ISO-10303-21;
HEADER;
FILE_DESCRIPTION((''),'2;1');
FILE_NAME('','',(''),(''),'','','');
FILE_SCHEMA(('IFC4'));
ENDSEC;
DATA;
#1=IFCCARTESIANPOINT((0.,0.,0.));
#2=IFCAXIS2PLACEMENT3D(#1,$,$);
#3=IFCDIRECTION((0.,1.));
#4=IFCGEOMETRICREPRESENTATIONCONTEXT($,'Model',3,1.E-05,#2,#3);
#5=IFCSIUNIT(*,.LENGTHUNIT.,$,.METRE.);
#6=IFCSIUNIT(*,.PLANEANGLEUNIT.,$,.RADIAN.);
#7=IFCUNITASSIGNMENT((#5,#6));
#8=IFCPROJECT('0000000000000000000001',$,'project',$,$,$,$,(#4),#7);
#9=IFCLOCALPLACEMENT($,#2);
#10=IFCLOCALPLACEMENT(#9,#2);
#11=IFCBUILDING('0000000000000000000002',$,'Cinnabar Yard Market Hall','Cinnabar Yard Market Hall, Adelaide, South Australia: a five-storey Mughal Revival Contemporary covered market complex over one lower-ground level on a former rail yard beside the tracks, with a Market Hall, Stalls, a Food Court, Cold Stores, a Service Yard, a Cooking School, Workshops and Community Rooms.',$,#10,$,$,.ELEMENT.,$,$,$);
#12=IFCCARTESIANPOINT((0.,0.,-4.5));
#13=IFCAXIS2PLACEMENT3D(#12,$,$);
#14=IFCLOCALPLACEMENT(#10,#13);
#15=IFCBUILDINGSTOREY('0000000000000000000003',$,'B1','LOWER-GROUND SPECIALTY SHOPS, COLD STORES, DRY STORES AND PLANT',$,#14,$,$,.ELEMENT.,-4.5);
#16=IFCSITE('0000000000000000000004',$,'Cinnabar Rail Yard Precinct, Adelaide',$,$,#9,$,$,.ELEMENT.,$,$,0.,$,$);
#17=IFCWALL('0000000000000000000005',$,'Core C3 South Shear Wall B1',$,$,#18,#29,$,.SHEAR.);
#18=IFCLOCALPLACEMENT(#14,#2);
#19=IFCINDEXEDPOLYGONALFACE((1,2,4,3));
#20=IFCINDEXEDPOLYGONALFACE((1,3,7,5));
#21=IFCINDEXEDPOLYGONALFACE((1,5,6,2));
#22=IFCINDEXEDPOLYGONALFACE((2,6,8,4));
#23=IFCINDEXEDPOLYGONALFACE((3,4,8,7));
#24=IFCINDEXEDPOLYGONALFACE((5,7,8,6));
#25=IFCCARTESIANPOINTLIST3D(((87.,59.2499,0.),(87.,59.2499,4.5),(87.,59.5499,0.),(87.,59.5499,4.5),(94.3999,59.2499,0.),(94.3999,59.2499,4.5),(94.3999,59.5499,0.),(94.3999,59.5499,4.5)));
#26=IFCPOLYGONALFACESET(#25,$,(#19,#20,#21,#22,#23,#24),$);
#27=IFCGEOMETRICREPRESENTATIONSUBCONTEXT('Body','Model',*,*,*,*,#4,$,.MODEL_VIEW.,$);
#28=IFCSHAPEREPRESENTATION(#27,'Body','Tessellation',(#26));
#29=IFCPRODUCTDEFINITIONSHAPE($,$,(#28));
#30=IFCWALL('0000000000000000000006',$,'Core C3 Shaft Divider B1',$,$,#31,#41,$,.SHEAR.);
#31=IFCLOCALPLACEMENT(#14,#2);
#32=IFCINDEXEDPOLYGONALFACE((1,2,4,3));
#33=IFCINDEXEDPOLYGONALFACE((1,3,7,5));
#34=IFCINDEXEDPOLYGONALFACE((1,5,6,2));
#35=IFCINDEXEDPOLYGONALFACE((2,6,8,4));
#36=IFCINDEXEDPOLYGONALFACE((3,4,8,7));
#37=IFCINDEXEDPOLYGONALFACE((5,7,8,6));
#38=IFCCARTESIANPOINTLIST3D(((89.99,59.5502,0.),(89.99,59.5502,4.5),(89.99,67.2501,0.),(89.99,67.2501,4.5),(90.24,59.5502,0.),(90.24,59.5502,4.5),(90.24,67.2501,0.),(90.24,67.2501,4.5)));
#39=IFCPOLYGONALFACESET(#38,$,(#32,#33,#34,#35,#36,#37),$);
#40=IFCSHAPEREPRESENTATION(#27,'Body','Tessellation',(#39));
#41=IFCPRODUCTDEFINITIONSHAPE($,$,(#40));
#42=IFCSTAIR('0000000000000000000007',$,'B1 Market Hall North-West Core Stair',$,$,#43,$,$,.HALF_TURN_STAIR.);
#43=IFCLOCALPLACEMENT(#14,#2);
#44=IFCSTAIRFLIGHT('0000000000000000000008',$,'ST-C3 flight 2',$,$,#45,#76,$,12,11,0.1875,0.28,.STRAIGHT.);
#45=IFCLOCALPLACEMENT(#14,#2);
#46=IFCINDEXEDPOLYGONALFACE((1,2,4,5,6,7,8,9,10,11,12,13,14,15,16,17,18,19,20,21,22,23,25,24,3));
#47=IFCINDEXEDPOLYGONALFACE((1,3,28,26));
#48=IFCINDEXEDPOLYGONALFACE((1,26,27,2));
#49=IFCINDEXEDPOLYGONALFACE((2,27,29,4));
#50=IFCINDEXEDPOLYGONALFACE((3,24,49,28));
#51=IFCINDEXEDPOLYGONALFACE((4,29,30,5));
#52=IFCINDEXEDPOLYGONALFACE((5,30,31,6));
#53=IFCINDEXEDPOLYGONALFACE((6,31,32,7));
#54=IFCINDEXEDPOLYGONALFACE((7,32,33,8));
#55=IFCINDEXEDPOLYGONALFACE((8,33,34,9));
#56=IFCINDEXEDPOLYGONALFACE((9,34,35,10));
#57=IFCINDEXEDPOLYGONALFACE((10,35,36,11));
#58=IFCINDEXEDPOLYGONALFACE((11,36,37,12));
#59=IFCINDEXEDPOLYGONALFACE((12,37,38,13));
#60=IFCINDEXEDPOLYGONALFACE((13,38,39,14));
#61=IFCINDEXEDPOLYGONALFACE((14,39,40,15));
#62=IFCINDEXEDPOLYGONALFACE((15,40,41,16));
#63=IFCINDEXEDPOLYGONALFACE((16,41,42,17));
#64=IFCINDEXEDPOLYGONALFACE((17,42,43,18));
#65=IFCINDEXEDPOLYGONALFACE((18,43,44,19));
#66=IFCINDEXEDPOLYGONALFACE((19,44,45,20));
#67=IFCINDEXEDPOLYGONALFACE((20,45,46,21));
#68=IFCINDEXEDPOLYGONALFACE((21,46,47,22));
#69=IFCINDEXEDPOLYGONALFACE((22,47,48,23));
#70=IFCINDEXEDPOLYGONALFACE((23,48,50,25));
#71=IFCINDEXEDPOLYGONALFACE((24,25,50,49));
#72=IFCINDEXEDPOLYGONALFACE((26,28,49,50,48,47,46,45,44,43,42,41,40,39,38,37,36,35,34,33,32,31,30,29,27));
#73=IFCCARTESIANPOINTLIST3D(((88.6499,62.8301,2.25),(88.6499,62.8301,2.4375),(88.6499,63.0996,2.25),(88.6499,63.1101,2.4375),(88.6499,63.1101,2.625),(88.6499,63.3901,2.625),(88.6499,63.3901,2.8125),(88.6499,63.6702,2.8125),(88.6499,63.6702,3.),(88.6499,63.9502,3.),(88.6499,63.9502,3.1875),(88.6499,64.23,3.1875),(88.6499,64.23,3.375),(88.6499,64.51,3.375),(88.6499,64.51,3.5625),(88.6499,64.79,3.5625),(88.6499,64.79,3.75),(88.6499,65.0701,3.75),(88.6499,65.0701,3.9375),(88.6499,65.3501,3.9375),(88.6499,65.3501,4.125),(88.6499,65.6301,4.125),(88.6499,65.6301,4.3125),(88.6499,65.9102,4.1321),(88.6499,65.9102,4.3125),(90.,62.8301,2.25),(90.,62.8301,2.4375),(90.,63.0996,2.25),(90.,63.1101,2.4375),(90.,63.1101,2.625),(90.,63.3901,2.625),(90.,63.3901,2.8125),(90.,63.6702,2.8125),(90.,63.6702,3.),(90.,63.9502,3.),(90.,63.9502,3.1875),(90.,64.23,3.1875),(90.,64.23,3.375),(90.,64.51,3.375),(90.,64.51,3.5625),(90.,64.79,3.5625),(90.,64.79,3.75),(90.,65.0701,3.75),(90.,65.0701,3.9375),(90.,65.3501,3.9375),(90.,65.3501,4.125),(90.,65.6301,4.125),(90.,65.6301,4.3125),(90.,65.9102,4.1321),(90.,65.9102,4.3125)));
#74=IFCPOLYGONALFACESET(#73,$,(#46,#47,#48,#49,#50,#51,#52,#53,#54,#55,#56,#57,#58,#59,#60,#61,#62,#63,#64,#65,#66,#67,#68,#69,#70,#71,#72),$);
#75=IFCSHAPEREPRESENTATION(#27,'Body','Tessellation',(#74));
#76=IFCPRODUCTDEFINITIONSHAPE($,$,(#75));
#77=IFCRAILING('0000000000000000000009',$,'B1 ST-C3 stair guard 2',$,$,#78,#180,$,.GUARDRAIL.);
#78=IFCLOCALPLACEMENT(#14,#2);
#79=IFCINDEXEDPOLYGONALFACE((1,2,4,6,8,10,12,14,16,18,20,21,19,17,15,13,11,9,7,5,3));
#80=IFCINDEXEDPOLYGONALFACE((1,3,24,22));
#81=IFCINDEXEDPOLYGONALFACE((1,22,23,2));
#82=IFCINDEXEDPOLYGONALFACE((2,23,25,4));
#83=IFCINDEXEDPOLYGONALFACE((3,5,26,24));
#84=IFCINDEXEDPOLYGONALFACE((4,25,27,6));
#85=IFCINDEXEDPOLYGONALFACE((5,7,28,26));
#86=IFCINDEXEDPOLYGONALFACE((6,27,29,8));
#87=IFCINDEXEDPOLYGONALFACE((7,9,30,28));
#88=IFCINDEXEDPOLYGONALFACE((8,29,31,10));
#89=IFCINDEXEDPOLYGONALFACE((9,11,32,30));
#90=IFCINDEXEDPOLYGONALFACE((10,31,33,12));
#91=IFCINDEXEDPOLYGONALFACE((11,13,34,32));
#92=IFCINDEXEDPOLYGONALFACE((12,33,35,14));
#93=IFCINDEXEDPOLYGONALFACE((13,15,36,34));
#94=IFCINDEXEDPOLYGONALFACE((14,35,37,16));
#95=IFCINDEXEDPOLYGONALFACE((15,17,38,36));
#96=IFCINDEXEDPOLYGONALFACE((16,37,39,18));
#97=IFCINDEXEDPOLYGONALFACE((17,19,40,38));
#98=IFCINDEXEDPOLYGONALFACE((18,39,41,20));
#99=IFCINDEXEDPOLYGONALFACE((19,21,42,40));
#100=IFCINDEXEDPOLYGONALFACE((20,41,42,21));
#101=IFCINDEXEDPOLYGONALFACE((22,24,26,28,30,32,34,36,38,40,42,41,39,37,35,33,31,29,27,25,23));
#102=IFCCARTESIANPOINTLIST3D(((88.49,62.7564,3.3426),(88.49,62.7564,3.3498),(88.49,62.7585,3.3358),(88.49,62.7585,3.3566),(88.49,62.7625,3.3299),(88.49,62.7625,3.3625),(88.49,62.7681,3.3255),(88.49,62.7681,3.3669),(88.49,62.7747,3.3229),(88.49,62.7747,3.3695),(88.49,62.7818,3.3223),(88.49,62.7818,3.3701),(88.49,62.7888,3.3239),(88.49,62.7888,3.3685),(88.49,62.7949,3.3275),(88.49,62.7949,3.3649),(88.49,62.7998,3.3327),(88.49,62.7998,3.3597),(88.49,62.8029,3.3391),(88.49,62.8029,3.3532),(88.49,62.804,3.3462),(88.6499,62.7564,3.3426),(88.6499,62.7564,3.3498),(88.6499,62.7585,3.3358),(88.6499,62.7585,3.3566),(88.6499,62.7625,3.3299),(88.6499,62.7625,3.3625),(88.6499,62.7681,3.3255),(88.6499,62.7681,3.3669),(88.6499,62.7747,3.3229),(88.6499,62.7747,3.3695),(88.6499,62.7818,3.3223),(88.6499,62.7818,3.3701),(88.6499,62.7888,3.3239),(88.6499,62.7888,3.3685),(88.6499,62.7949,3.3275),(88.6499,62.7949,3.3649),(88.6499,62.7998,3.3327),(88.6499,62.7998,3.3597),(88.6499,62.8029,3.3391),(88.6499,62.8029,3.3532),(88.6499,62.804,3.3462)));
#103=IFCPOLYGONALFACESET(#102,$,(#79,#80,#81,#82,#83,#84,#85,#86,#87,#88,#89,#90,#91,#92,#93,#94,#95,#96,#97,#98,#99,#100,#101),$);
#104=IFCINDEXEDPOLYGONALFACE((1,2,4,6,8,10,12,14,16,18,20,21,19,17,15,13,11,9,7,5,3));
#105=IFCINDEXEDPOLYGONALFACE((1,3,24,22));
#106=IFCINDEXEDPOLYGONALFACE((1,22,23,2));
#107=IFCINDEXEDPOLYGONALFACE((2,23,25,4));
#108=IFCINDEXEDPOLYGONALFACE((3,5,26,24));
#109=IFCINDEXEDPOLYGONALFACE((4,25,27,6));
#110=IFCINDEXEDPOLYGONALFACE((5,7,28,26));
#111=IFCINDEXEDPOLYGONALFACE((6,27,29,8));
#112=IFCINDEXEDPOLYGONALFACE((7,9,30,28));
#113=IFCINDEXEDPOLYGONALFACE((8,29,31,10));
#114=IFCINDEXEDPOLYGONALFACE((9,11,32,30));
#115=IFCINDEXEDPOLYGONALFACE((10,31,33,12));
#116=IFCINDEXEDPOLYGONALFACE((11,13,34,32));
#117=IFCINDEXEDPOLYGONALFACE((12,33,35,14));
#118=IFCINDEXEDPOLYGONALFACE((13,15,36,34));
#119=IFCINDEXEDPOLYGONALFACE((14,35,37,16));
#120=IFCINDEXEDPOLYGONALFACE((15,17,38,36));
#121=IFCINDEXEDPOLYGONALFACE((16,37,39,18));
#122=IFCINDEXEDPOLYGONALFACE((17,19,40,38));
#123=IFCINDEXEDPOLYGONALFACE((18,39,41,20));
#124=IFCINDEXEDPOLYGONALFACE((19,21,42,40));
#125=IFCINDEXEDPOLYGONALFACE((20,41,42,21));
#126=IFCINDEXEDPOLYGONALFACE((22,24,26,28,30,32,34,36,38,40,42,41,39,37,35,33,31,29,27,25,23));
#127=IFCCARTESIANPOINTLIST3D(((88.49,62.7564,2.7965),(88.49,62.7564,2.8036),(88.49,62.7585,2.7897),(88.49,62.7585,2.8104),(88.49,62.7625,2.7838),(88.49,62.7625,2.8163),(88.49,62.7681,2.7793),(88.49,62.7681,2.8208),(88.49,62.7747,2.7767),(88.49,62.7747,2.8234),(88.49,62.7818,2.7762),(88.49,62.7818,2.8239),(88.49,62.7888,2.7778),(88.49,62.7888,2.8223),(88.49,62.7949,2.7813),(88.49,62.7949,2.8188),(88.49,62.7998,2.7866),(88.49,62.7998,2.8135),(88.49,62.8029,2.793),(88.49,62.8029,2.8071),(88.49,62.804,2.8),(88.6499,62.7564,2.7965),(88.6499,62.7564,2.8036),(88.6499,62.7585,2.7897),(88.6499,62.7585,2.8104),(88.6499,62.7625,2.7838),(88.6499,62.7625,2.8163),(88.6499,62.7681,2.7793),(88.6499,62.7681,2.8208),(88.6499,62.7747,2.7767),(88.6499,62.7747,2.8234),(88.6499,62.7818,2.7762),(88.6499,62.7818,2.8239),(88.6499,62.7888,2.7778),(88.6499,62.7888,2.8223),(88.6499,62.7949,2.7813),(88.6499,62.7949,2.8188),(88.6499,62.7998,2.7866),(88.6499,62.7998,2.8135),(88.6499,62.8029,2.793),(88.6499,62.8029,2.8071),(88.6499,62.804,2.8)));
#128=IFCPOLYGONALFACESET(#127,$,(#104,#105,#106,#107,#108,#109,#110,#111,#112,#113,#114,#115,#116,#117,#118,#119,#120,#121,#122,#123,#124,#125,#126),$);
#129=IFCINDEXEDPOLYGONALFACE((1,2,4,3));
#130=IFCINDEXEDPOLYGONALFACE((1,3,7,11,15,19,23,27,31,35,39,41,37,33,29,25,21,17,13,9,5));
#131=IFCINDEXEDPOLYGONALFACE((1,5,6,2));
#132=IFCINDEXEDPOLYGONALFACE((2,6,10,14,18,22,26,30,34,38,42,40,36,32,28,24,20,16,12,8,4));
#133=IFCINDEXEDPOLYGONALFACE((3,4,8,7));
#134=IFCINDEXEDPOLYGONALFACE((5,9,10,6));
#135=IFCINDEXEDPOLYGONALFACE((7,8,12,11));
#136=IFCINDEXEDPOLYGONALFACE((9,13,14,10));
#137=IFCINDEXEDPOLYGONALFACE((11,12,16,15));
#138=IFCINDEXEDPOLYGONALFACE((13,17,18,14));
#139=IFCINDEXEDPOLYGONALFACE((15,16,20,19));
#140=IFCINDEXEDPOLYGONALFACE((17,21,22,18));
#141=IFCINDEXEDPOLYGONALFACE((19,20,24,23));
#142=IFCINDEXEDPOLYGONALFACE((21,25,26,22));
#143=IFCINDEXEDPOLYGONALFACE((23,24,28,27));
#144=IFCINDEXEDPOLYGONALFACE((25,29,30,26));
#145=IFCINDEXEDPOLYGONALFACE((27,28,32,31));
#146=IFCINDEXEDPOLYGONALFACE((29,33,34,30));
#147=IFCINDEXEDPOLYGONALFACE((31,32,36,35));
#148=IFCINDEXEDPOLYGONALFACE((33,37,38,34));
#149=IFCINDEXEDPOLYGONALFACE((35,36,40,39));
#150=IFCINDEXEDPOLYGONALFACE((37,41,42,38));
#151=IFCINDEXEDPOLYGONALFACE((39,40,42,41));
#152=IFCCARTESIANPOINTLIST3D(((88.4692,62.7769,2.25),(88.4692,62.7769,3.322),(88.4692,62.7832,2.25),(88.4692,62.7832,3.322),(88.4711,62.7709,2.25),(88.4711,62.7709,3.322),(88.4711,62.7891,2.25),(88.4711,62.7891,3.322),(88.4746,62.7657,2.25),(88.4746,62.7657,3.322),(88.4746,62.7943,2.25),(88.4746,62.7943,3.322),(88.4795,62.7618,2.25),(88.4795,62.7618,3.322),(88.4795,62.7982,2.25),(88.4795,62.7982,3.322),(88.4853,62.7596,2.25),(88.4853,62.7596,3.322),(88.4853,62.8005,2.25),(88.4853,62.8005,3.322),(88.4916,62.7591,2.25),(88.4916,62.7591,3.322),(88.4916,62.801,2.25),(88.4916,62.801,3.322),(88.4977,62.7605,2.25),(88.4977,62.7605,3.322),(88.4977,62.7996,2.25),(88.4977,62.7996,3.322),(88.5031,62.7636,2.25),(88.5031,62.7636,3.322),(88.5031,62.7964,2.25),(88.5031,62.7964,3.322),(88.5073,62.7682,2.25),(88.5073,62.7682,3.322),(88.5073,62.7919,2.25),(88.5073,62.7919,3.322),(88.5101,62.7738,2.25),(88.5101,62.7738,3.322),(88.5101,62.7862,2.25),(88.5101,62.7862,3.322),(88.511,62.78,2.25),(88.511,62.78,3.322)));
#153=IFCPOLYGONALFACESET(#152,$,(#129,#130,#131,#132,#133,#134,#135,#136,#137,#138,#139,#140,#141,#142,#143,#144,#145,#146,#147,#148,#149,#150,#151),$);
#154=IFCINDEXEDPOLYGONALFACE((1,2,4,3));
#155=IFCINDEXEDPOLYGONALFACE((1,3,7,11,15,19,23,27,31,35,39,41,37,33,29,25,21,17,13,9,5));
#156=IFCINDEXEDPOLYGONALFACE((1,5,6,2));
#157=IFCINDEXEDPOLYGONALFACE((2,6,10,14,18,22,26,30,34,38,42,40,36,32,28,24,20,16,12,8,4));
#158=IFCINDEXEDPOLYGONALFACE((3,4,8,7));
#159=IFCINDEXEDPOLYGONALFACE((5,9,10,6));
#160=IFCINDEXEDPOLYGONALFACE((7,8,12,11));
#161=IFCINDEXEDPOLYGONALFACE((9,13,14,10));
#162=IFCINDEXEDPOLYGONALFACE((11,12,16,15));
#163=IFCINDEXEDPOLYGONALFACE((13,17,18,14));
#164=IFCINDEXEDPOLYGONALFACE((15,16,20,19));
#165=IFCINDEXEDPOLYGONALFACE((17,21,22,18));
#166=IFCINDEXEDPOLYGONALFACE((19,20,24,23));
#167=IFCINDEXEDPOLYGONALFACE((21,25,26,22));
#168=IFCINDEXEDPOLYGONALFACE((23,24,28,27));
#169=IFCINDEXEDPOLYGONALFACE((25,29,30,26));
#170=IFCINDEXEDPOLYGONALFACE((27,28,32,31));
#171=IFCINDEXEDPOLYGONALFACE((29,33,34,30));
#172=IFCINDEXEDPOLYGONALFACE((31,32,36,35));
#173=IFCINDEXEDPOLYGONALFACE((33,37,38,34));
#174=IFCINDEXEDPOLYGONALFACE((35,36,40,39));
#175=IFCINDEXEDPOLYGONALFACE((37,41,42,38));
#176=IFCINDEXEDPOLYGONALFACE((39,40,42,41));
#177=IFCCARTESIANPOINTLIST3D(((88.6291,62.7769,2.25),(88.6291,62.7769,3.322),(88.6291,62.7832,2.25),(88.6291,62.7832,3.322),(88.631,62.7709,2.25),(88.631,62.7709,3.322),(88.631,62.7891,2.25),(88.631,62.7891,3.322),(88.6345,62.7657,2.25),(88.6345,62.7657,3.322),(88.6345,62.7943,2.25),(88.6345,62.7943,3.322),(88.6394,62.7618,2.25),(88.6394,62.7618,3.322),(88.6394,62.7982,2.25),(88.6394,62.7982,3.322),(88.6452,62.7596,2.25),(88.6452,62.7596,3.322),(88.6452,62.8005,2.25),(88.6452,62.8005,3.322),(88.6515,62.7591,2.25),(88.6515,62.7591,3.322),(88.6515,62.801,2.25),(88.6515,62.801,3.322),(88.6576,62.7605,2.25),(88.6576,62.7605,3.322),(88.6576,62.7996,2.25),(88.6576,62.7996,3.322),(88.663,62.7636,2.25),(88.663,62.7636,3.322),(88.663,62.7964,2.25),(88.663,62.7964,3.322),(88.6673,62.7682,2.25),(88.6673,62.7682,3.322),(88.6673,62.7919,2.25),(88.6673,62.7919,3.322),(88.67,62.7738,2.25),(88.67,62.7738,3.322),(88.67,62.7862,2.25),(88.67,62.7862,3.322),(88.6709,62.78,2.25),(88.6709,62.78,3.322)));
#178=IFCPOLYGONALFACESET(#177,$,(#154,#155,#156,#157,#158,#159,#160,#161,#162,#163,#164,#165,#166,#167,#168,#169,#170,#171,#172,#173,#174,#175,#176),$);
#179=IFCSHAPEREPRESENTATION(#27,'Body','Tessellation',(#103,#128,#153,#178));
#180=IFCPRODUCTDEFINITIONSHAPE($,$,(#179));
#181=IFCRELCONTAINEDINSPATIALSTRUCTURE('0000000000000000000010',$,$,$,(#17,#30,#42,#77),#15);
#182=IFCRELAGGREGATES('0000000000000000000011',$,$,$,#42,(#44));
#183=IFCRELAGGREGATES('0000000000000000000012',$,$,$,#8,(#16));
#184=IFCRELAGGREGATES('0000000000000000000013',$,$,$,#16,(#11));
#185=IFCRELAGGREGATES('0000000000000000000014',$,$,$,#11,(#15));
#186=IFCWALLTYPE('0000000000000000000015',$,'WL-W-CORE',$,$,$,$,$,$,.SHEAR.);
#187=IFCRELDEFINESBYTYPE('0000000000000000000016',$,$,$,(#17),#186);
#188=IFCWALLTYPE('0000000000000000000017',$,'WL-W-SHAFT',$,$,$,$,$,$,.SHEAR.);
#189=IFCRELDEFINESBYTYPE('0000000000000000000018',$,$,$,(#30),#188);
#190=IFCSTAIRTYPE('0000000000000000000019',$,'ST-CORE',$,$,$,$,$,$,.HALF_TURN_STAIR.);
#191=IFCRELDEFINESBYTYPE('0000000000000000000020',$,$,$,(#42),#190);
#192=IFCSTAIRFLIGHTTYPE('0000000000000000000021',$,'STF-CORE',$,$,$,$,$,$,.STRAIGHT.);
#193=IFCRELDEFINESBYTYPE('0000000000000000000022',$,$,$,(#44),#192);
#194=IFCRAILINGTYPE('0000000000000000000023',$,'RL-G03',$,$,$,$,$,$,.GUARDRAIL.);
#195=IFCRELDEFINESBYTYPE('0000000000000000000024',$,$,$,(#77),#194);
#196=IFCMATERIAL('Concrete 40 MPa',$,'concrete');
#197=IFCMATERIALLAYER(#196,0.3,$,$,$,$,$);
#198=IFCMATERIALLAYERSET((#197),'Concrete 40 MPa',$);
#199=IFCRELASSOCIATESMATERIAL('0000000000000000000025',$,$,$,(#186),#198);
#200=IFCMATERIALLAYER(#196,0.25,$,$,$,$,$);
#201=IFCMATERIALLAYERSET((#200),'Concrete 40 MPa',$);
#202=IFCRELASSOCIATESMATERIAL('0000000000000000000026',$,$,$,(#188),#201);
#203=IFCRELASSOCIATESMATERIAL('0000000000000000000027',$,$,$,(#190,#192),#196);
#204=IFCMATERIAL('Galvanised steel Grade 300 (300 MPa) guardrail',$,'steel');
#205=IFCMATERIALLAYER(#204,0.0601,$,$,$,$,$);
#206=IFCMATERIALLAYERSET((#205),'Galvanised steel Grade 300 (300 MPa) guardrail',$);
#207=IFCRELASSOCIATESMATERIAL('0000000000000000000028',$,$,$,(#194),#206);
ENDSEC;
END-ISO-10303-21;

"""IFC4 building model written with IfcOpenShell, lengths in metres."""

from ifc_helpers import new_model, si_unit, direction, frame, frame_2d, origin, origin_2d_with_axis, place, context, subcontext, project, spatial, polyline, rectangle, circle, outline, extrude, material, layer, layer_set, type_object, element, aggregate, save


model = new_model("IFC4")

# Units and contexts
model_context = context("Model", 3, precision=1e-05, world=origin(), true_north=direction((0.0, 1.0)))
body_context = subcontext(model_context, "Body", "Model", "MODEL_VIEW")
ifc_project = project(units=[si_unit("LENGTHUNIT", "METRE"), si_unit("PLANEANGLEUNIT", "RADIAN")], contexts=[model_context])

# Site, building, storey
site_placement = place(None, origin())
site = spatial("IfcSite", under=ifc_project, at=site_placement, Name="Cinnabar Rail Yard Precinct, Adelaide", CompositionType="ELEMENT", RefElevation=0.0)
building_placement = place(site_placement, origin())
building = spatial("IfcBuilding", under=site, at=building_placement, Name="Cinnabar Yard Market Hall", Description="Cinnabar Yard Market Hall, Adelaide, South Australia: a five-storey Mughal Revival Contemporary covered market complex over one lower-ground level on a former rail yard beside the tracks, with a Market Hall, Stalls, a Food Court, Cold Stores, a Service Yard, a Cooking School, Workshops and Community Rooms.", CompositionType="ELEMENT")
storey_placement = place(building_placement, frame((0.0, 0.0, -4.5)))
storey = spatial("IfcBuildingStorey", under=building, at=storey_placement, Name="B1", Description="LOWER-GROUND SPECIALTY SHOPS, COLD STORES, DRY STORES AND PLANT", CompositionType="ELEMENT", Elevation=-4.5)

# Shared definitions
ifc_material_1 = material(Name="Concrete 40 MPa", Category="concrete")

# Walls
ifc_layer_1 = layer(ifc_material_1, 0.3)
ifc_layer_set_1 = layer_set([ifc_layer_1], Name="Concrete 40 MPa")
wall_type_1 = type_object("IfcWallType", Name="WL-W-CORE", PredefinedType="SHEAR", material=ifc_layer_set_1)
wall_1_placement = place(storey_placement, frame((87.0, 59.3999, 0.0), z_axis=(0.0, 0.0, 1.0), x_axis=(1.0, 0.0, 0.0)))
element("IfcWall", 1, at=wall_1_placement, inside=storey, type_object=wall_type_1, Name="Core C3 South Shear Wall B1", PredefinedType="SHEAR", context=body_context, shape_type="SweptSolid", body=[
    extrude(rectangle(XDim=7.3999, YDim=0.3, at=frame_2d((3.7, 0.0), x_axis=(1.0, 0.0))), origin(), (0.0, 0.0, 1.0), 4.5),
])
ifc_layer_2 = layer(ifc_material_1, 0.25)
ifc_layer_set_2 = layer_set([ifc_layer_2], Name="Concrete 40 MPa")
wall_type_2 = type_object("IfcWallType", Name="WL-W-SHAFT", PredefinedType="SHEAR", material=ifc_layer_set_2)
wall_2_placement = place(storey_placement, frame((90.115, 59.55, 0.0), z_axis=(0.0, 0.0, 1.0), x_axis=(0.0, 1.0, 0.0)))
element("IfcWall", 2, at=wall_2_placement, inside=storey, type_object=wall_type_2, Name="Core C3 Shaft Divider B1", PredefinedType="SHEAR", context=body_context, shape_type="SweptSolid", body=[
    extrude(rectangle(XDim=7.7, YDim=0.25, at=frame_2d((3.8501, 0.0), x_axis=(1.0, 0.0))), origin(), (0.0, 0.0, 1.0), 4.5),
])

# Stair, stair flight
stair_type = type_object("IfcStairType", Name="ST-CORE", PredefinedType="HALF_TURN_STAIR", material=ifc_material_1)
stair_placement = place(storey_placement, origin())
stair = element("IfcStair", 3, at=stair_placement, inside=storey, type_object=stair_type, Name="B1 Market Hall North-West Core Stair", PredefinedType="HALF_TURN_STAIR")
stair_flight_type = type_object("IfcStairFlightType", Name="STF-CORE", PredefinedType="STRAIGHT", material=ifc_material_1)
stair_flight_placement = place(storey_placement, frame((89.325, 62.8301, 2.25), z_axis=(0.0, 0.0, 1.0), x_axis=(0.0, 1.0, 0.0)))
stair_flight = element("IfcStairFlight", 4, at=stair_flight_placement, type_object=stair_flight_type, Name="ST-C3 flight 2", NumberOfRisers=12, NumberOfTreads=11, PredefinedType="STRAIGHT", RiserHeight=0.1875, TreadLength=0.28, context=body_context, shape_type="SweptSolid", body=[
    extrude(outline(polyline([(0.0, 0.0), (0.0, 0.1875), (0.28, 0.1875), (0.28, 0.375), (0.5601, 0.375), (0.5601, 0.5625), (0.8401, 0.5625), (0.8401, 0.75), (1.1201, 0.75), (1.1201, 0.9375), (1.3999, 0.9375), (1.3999, 1.125), (1.6799, 1.125), (1.6799, 1.3125), (1.96, 1.3125), (1.96, 1.5), (2.24, 1.5), (2.24, 1.6875), (2.52, 1.6875), (2.52, 1.875), (2.8, 1.875), (2.8, 2.0625), (3.0801, 2.0625), (3.0801, 2.25), (3.0801, 1.8821), (0.2695, 0.0), (0.0, 0.0)])), frame((0.0, 0.675, 0.0), z_axis=(0.0, -1.0, 0.0), x_axis=(1.0, 0.0, 0.0)), (0.0, 0.0, 1.0), 1.3501),
])
aggregate(stair, [stair_flight])

# Railing
ifc_material_2 = material(Name="Galvanised steel Grade 300 (300 MPa) guardrail", Category="steel")
ifc_layer_3 = layer(ifc_material_2, 0.0601)
ifc_layer_set_3 = layer_set([ifc_layer_3], Name="Galvanised steel Grade 300 (300 MPa) guardrail")
railing_type_1 = type_object("IfcRailingType", Name="RL-G03", PredefinedType="GUARDRAIL", material=ifc_layer_set_3)
railing_1_placement = place(storey_placement, frame((88.49, 62.78, 2.25)))
element("IfcRailing", 5, at=railing_1_placement, inside=storey, type_object=railing_type_1, Name="B1 ST-C3 stair guard 2", PredefinedType="GUARDRAIL", context=body_context, shape_type="SweptSolid", body=[
    extrude(circle(Radius=0.0239, at=origin_2d_with_axis()), frame((0.0, 0.0, 1.0962), z_axis=(1.0, 0.0, 0.0), x_axis=(0.0, 1.0, 0.0)), (0.0, 0.0, 1.0), 0.1599),
    extrude(circle(Radius=0.0239, at=origin_2d_with_axis()), frame((0.0, 0.0, 0.55), z_axis=(1.0, 0.0, 0.0), x_axis=(0.0, 1.0, 0.0)), (0.0, 0.0, 1.0), 0.1599),
    extrude(circle(Radius=0.021, at=origin_2d_with_axis()), origin(), (0.0, 0.0, 1.0), 1.072),
    extrude(circle(Radius=0.021, at=origin_2d_with_axis()), frame((0.1599, 0.0, 0.0)), (0.0, 0.0, 1.0), 1.072),
])

save(model, "model.ifc")
